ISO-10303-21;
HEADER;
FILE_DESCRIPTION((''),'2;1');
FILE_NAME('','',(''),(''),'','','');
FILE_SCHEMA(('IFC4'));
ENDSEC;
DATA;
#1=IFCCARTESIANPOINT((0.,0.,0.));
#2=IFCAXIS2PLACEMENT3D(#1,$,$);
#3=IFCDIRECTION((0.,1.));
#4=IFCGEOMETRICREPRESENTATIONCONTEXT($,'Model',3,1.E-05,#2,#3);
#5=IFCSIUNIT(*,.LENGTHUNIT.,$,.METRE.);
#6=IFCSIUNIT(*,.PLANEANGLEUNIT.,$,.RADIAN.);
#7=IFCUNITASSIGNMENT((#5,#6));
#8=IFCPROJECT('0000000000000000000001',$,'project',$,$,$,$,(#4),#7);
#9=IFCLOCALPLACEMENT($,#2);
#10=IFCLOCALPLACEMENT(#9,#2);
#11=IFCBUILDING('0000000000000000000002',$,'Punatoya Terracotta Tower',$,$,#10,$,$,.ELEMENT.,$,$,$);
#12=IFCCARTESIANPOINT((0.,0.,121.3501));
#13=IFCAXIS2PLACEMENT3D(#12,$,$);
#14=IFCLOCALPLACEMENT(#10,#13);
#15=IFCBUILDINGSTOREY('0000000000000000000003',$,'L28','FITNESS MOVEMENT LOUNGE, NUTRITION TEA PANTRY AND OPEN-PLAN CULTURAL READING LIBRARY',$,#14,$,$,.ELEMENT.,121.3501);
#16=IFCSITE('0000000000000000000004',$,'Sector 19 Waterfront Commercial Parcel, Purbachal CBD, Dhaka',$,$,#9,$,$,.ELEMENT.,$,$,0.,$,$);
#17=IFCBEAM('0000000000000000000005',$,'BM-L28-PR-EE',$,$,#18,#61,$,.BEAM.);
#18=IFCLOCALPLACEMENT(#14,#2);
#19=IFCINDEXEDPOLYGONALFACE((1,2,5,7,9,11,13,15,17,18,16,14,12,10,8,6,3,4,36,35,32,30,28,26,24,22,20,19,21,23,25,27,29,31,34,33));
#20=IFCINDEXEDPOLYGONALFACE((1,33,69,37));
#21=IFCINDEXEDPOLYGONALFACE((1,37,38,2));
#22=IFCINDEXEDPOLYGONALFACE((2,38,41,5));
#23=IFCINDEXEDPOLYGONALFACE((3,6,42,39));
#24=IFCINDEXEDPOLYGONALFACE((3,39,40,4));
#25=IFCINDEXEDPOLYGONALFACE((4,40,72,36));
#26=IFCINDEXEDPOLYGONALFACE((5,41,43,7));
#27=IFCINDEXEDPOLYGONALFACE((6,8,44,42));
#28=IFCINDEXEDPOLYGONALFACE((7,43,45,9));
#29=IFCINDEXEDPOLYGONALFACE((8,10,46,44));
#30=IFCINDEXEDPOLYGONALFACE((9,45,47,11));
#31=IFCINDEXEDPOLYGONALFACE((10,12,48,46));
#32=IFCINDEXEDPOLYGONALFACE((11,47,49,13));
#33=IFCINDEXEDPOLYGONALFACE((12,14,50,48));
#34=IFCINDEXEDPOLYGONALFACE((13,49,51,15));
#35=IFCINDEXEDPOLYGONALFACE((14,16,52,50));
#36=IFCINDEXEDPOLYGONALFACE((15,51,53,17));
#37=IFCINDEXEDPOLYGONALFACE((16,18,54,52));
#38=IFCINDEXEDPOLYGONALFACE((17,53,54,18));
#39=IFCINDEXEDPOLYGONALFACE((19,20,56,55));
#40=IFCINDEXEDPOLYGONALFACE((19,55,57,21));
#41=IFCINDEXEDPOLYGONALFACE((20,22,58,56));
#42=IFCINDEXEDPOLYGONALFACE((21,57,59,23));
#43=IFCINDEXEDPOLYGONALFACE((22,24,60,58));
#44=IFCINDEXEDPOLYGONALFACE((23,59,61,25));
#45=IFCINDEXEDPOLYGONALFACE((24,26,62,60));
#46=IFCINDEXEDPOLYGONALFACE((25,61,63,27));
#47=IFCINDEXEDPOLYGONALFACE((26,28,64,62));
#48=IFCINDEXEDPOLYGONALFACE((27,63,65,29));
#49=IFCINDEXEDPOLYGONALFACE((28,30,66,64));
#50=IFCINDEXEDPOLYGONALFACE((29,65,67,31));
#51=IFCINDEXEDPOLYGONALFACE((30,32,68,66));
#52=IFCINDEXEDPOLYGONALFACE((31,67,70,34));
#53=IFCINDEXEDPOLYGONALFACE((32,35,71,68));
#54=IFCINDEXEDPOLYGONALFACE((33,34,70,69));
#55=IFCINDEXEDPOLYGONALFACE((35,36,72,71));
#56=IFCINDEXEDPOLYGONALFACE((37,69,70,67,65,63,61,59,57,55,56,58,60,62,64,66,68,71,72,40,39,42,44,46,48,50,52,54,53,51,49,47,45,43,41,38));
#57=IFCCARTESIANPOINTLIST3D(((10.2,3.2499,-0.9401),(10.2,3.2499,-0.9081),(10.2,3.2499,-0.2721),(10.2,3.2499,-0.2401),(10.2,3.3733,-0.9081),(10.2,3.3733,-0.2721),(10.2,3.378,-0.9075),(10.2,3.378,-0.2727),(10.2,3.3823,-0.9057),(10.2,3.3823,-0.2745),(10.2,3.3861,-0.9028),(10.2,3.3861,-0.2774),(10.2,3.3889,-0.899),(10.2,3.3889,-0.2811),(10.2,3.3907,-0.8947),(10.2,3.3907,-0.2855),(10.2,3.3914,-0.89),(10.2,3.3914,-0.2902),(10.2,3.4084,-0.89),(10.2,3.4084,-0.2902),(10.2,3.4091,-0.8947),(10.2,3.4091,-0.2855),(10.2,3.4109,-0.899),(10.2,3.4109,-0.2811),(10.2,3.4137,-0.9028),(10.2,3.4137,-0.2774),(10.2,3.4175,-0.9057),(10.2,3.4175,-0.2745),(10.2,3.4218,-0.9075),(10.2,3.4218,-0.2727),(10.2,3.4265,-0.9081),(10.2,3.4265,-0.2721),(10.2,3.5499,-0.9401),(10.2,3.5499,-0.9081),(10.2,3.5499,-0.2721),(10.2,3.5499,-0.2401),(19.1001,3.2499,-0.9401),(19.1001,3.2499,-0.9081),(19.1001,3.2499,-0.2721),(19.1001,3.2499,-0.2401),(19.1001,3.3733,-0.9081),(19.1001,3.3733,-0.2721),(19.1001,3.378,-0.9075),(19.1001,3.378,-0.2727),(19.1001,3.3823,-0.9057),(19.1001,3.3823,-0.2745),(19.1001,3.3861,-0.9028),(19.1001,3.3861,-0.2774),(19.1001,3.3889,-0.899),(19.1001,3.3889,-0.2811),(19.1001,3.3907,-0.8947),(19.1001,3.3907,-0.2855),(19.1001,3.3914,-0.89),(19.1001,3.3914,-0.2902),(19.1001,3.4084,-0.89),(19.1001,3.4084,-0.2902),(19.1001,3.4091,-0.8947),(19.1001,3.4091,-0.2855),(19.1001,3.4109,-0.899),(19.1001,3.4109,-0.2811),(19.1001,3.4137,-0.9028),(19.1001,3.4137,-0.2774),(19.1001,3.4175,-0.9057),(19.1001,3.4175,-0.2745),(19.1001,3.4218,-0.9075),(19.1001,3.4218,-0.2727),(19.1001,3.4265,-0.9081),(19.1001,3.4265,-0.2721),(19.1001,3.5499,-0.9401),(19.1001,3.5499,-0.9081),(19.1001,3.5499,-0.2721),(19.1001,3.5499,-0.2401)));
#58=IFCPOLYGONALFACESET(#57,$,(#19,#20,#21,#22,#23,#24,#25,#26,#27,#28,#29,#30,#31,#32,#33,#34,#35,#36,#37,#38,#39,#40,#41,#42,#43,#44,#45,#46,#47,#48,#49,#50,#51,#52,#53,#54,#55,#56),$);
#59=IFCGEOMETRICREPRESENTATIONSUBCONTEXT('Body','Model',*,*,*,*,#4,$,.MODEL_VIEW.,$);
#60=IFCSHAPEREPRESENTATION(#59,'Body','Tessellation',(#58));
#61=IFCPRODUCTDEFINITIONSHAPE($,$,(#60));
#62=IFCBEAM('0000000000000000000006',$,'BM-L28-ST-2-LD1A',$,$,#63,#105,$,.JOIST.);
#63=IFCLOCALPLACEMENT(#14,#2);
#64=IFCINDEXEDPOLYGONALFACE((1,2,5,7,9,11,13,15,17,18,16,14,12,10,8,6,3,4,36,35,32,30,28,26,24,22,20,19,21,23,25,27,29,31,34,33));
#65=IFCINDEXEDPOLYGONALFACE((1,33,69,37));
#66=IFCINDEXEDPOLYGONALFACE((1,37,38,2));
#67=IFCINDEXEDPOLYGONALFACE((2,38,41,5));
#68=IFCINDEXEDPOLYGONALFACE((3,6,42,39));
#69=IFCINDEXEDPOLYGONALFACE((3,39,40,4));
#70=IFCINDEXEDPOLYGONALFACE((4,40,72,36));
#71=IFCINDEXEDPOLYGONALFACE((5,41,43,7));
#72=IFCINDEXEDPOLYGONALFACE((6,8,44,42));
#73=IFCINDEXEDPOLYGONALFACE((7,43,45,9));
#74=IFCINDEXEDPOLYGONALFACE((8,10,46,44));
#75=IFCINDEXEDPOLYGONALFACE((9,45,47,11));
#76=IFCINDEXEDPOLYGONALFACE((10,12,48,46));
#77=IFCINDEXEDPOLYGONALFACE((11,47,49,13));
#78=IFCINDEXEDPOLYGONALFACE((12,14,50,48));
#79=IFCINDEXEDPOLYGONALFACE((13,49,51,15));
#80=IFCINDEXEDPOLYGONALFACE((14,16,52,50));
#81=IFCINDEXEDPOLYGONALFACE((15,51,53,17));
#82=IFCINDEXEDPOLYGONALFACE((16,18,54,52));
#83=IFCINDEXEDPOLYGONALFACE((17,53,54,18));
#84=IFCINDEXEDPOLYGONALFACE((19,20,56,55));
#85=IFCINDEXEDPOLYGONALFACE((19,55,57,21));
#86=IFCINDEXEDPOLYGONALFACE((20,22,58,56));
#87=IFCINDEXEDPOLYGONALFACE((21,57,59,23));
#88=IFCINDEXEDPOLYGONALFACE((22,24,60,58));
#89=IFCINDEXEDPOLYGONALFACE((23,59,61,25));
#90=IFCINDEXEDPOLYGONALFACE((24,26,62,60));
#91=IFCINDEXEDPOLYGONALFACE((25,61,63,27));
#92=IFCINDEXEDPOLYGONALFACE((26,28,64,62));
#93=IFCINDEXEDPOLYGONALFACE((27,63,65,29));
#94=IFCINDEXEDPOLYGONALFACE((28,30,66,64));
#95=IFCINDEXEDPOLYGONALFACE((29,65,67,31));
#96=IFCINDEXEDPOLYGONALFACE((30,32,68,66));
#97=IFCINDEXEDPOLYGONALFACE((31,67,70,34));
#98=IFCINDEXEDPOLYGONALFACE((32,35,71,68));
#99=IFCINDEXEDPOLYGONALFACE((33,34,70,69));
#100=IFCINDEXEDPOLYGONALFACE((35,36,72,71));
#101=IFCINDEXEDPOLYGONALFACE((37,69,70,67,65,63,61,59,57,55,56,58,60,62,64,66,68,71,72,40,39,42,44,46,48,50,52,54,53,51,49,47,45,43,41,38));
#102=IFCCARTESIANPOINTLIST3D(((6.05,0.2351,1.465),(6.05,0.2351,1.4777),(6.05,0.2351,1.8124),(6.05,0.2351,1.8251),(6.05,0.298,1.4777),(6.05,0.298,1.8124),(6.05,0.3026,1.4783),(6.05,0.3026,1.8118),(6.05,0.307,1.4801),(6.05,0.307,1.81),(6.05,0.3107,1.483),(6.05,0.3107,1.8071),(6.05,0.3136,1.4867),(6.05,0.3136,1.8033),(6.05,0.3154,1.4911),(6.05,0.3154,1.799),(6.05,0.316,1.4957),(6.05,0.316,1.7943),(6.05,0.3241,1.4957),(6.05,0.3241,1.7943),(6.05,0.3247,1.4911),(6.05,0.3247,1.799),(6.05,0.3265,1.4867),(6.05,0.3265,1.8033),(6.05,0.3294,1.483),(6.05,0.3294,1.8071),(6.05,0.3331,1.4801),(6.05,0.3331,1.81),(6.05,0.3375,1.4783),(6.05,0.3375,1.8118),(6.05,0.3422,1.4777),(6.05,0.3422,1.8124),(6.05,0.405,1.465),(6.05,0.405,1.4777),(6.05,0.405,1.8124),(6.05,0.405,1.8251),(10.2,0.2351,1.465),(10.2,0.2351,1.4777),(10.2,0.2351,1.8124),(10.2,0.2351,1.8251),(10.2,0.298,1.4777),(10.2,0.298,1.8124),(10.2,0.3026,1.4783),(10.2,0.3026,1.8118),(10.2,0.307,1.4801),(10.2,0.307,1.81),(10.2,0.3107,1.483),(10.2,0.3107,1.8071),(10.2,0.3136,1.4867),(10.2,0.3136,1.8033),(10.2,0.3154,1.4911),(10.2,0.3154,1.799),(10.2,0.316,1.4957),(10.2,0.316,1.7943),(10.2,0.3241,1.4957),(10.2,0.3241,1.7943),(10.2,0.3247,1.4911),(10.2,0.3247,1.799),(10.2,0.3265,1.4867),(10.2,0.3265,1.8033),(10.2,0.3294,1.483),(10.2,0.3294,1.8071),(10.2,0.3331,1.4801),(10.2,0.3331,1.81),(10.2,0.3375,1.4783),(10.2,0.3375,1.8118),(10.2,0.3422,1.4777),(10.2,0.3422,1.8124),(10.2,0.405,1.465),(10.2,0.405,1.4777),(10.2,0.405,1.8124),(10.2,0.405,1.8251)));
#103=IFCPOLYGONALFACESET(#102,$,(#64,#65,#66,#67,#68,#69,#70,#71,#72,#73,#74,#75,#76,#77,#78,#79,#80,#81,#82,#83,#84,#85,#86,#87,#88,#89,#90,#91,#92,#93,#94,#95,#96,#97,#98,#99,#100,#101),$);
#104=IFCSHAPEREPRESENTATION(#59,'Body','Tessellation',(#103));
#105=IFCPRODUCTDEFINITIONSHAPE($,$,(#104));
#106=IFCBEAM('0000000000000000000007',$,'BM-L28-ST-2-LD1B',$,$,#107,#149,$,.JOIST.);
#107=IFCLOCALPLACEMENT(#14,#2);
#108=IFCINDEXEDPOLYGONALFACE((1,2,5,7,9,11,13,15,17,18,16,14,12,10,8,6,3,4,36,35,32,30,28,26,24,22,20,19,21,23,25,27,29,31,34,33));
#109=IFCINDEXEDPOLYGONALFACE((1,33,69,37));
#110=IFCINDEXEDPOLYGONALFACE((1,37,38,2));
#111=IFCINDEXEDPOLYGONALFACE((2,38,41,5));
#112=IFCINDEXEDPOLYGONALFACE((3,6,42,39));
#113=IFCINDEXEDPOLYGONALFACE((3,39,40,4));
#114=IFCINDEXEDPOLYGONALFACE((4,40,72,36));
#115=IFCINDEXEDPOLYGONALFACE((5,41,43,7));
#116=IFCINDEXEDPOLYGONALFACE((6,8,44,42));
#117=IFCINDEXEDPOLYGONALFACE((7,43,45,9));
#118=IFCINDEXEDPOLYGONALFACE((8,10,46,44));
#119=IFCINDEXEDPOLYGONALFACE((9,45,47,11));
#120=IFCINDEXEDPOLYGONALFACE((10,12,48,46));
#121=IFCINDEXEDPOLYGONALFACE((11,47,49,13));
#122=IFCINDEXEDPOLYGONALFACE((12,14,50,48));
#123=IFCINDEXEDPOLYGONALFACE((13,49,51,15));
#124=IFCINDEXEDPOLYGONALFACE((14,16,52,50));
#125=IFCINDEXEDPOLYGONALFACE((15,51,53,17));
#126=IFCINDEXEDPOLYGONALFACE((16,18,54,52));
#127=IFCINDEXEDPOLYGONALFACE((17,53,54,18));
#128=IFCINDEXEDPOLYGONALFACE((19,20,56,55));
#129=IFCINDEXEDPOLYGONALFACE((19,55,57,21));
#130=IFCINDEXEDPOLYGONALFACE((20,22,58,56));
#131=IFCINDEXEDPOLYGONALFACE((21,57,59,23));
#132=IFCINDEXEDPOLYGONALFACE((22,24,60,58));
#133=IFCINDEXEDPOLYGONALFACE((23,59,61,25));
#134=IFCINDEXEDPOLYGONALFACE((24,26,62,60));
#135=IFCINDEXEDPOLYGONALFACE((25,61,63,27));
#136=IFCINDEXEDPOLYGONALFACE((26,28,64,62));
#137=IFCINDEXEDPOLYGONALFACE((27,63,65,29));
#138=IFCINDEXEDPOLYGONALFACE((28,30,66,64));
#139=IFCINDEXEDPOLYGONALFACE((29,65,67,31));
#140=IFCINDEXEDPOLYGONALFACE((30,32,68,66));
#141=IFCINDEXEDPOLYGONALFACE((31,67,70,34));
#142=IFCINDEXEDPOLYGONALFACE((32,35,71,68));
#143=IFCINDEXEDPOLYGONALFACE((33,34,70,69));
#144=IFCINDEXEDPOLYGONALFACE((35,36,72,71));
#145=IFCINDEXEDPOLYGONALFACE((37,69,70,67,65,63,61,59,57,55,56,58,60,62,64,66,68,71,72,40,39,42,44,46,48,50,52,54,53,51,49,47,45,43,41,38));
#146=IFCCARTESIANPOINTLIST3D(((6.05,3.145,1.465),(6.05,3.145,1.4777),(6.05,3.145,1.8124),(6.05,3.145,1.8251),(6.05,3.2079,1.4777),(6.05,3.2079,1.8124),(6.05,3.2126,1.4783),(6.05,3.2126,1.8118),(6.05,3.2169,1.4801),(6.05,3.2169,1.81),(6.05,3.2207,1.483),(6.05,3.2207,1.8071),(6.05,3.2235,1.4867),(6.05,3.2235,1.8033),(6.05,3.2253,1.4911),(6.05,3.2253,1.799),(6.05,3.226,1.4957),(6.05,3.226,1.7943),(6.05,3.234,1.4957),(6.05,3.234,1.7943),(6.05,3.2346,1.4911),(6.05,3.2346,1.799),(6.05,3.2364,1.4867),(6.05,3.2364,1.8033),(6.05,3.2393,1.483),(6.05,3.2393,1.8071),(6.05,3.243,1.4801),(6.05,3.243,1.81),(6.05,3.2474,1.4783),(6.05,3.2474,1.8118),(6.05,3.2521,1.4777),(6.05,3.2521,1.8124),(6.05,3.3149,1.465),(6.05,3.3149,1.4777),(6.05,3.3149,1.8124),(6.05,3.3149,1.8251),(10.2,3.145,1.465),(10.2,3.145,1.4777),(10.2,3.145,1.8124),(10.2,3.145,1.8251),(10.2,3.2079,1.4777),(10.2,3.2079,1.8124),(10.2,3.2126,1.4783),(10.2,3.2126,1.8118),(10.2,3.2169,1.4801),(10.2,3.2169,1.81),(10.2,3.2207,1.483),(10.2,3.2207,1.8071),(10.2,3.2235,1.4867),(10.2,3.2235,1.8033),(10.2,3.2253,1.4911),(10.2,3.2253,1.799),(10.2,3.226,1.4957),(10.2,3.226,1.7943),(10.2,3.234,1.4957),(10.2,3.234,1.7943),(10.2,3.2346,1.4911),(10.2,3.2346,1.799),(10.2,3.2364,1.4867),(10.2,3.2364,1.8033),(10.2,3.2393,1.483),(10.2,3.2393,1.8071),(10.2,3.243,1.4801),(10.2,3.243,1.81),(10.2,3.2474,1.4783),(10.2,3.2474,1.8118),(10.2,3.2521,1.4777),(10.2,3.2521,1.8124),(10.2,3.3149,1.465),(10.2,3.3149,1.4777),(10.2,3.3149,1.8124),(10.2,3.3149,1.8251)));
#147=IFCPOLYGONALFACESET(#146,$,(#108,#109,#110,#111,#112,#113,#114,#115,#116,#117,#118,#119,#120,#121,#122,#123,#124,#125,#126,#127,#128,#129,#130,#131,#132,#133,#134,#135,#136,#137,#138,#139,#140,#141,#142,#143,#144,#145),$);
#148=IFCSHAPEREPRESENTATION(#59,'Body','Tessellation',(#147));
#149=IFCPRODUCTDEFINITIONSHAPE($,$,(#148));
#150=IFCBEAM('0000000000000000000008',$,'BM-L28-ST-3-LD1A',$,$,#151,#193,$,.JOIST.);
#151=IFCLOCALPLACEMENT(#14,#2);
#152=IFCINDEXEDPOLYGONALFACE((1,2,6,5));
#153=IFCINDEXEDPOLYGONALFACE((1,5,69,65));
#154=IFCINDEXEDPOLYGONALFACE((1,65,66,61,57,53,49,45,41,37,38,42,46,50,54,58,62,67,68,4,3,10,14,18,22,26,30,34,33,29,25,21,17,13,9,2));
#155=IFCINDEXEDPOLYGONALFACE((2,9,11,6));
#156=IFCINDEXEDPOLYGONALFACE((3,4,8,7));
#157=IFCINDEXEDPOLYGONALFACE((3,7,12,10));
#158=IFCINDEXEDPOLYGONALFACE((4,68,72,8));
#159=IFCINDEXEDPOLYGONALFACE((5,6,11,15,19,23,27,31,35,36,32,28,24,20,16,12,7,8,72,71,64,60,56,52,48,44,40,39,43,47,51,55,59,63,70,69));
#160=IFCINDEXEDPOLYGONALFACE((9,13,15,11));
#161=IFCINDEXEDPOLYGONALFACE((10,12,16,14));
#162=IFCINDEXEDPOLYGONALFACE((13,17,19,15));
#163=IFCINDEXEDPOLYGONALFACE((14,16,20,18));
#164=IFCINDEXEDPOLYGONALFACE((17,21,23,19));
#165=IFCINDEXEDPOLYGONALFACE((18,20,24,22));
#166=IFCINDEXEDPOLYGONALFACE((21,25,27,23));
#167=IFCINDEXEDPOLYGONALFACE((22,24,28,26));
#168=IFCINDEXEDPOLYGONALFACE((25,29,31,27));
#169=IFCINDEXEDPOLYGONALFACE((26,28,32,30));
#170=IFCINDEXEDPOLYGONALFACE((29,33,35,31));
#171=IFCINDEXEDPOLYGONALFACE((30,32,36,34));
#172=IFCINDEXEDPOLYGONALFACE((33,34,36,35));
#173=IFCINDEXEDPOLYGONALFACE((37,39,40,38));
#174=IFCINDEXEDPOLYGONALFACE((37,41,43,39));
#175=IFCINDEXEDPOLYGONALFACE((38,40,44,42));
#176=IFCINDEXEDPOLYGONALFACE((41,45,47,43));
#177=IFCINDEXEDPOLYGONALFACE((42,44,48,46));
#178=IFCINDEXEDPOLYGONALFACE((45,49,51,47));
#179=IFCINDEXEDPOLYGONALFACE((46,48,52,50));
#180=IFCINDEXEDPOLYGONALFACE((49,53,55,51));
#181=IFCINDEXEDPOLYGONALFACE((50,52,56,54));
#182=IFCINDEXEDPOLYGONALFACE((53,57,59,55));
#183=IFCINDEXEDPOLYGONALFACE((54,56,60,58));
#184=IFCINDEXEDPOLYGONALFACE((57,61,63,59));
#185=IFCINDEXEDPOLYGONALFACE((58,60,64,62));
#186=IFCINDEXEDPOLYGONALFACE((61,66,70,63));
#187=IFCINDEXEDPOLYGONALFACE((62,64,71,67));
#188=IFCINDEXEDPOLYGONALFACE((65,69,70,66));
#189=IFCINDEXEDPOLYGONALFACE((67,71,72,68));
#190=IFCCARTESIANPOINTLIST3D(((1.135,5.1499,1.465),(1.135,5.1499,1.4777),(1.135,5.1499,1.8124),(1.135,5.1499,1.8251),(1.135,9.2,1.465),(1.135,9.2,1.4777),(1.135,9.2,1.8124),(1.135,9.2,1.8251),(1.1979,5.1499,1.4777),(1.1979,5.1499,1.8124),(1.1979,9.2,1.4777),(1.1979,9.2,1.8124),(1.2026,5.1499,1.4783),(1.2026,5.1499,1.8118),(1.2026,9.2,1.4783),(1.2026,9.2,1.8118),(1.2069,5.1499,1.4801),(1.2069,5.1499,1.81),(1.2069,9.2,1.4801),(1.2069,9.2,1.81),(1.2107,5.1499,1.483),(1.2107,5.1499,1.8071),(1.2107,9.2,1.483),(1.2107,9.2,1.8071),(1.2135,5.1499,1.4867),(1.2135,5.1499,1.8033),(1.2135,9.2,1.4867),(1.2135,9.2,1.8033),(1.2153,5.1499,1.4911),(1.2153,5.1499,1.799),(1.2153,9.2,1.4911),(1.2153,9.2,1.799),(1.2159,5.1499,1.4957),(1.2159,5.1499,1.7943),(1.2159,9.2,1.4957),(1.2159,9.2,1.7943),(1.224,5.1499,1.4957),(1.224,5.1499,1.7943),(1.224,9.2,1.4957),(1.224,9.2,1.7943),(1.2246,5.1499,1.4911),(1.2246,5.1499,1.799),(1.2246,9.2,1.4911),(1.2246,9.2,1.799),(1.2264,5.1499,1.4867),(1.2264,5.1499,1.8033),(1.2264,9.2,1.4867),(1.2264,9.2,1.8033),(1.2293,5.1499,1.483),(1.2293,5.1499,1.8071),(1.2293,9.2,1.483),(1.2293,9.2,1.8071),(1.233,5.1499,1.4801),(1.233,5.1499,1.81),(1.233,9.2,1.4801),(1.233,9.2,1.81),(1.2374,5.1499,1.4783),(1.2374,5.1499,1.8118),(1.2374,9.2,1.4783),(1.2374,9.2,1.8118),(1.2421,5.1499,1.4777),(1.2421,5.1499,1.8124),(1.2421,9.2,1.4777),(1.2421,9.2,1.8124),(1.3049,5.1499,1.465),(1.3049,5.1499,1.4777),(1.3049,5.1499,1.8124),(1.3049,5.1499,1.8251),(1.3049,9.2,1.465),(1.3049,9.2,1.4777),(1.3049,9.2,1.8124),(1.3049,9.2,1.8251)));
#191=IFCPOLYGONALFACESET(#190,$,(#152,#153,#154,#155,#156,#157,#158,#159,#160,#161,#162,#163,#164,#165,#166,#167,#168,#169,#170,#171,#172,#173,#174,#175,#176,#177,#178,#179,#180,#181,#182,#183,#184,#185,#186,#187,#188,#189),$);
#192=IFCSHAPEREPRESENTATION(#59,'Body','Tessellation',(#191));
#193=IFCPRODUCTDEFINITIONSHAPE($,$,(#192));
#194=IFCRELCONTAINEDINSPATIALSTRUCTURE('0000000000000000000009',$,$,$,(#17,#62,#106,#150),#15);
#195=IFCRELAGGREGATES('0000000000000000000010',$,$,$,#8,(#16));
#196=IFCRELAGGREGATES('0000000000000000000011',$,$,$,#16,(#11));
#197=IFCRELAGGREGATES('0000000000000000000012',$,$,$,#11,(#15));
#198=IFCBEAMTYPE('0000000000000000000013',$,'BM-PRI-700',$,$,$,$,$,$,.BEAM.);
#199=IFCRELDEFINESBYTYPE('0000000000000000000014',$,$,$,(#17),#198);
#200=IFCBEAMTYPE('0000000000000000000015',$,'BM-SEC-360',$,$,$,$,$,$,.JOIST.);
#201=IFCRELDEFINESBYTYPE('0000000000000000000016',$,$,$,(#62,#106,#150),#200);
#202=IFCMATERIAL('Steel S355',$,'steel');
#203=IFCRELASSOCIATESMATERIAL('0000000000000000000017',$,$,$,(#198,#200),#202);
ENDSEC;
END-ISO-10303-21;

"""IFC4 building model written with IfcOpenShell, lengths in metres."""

from ifc_helpers import new_model, si_unit, direction, frame, origin, origin_2d, place, context, subcontext, project, spatial, i_section, extrude, material, material_profile, profile_set, type_object, element, save


model = new_model("IFC4")

# Units and contexts
model_context = context("Model", 3, precision=1e-05, world=origin(), true_north=direction((0.0, 1.0)))
body_context = subcontext(model_context, "Body", "Model", "MODEL_VIEW")
ifc_project = project(units=[si_unit("LENGTHUNIT", "METRE"), si_unit("PLANEANGLEUNIT", "RADIAN")], contexts=[model_context])

# Site, building, storey
site_placement = place(None, origin())
site = spatial("IfcSite", under=ifc_project, at=site_placement, Name="Sector 19 Waterfront Commercial Parcel, Purbachal CBD, Dhaka", CompositionType="ELEMENT", RefElevation=0.0)
building_placement = place(site_placement, origin())
building = spatial("IfcBuilding", under=site, at=building_placement, Name="Punatoya Terracotta Tower", CompositionType="ELEMENT")
storey_placement = place(building_placement, frame((0.0, 0.0, 121.3501)))
storey = spatial("IfcBuildingStorey", under=building, at=storey_placement, Name="L28", Description="FITNESS MOVEMENT LOUNGE, NUTRITION TEA PANTRY AND OPEN-PLAN CULTURAL READING LIBRARY", CompositionType="ELEMENT", Elevation=121.3501)

# Beams
ifc_material_1 = material(Name="Steel S355", Category="steel")
ifc_material_profile_1 = material_profile(ifc_material_1, i_section(OverallWidth=0.3, OverallDepth=0.7, WebThickness=0.0171, FlangeThickness=0.032, FilletRadius=0.0181, at=origin_2d()))
ifc_profile_set_1 = profile_set([ifc_material_profile_1], Name="Steel S355")
beam_type_1 = type_object("IfcBeamType", Name="BM-PRI-700", PredefinedType="BEAM", material=ifc_profile_set_1)
beam_placement = place(storey_placement, frame((10.2, 3.3999, -0.5901), z_axis=(1.0, 0.0, 0.0), x_axis=(0.0, 1.0, 0.0)))
element("IfcBeam", 1, at=beam_placement, inside=storey, type_object=beam_type_1, Name="BM-L28-PR-EE", PredefinedType="BEAM", context=body_context, shape_type="SweptSolid", body=[
    extrude(i_section(OverallWidth=0.3, OverallDepth=0.7, WebThickness=0.0171, FlangeThickness=0.032, FilletRadius=0.0181, at=origin_2d()), origin(), (0.0, 0.0, 1.0), 8.9001),
])
ifc_material_profile_2 = material_profile(ifc_material_1, i_section(OverallWidth=0.1699, OverallDepth=0.3601, WebThickness=0.0081, FlangeThickness=0.0127, FilletRadius=0.0181, at=origin_2d()))
ifc_profile_set_2 = profile_set([ifc_material_profile_2], Name="Steel S355")
beam_type_2 = type_object("IfcBeamType", Name="BM-SEC-360", PredefinedType="JOIST", material=ifc_profile_set_2)
for number, where, z_axis, x_axis, name in (
    (2, (6.05, 0.3201, 1.645), (1.0, 0.0, 0.0), (0.0, 1.0, 0.0), "BM-L28-ST-2-LD1A"),
    (3, (6.05, 3.23, 1.645), (1.0, 0.0, 0.0), (0.0, 1.0, 0.0), "BM-L28-ST-2-LD1B"),
):
    element("IfcBeam", number, at=place(storey_placement, frame(where, z_axis=z_axis, x_axis=x_axis)), inside=storey, type_object=beam_type_2, Name=name, PredefinedType="JOIST", context=body_context, shape_type="SweptSolid", body=[
        extrude(i_section(OverallWidth=0.1699, OverallDepth=0.3601, WebThickness=0.0081, FlangeThickness=0.0127, FilletRadius=0.0181, at=origin_2d()), origin(), (0.0, 0.0, 1.0), 4.1499),
    ])
for number, where, z_axis, x_axis, name in (
    (4, (1.22, 5.1499, 1.645), (0.0, 1.0, 0.0), (-1.0, 0.0, 0.0), "BM-L28-ST-3-LD1A"),
):
    element("IfcBeam", number, at=place(storey_placement, frame(where, z_axis=z_axis, x_axis=x_axis)), inside=storey, type_object=beam_type_2, Name=name, PredefinedType="JOIST", context=body_context, shape_type="SweptSolid", body=[
        extrude(i_section(OverallWidth=0.1699, OverallDepth=0.3601, WebThickness=0.0081, FlangeThickness=0.0127, FilletRadius=0.0181, at=origin_2d()), origin(), (0.0, 0.0, 1.0), 4.05),
    ])

save(model, "model.ifc")
